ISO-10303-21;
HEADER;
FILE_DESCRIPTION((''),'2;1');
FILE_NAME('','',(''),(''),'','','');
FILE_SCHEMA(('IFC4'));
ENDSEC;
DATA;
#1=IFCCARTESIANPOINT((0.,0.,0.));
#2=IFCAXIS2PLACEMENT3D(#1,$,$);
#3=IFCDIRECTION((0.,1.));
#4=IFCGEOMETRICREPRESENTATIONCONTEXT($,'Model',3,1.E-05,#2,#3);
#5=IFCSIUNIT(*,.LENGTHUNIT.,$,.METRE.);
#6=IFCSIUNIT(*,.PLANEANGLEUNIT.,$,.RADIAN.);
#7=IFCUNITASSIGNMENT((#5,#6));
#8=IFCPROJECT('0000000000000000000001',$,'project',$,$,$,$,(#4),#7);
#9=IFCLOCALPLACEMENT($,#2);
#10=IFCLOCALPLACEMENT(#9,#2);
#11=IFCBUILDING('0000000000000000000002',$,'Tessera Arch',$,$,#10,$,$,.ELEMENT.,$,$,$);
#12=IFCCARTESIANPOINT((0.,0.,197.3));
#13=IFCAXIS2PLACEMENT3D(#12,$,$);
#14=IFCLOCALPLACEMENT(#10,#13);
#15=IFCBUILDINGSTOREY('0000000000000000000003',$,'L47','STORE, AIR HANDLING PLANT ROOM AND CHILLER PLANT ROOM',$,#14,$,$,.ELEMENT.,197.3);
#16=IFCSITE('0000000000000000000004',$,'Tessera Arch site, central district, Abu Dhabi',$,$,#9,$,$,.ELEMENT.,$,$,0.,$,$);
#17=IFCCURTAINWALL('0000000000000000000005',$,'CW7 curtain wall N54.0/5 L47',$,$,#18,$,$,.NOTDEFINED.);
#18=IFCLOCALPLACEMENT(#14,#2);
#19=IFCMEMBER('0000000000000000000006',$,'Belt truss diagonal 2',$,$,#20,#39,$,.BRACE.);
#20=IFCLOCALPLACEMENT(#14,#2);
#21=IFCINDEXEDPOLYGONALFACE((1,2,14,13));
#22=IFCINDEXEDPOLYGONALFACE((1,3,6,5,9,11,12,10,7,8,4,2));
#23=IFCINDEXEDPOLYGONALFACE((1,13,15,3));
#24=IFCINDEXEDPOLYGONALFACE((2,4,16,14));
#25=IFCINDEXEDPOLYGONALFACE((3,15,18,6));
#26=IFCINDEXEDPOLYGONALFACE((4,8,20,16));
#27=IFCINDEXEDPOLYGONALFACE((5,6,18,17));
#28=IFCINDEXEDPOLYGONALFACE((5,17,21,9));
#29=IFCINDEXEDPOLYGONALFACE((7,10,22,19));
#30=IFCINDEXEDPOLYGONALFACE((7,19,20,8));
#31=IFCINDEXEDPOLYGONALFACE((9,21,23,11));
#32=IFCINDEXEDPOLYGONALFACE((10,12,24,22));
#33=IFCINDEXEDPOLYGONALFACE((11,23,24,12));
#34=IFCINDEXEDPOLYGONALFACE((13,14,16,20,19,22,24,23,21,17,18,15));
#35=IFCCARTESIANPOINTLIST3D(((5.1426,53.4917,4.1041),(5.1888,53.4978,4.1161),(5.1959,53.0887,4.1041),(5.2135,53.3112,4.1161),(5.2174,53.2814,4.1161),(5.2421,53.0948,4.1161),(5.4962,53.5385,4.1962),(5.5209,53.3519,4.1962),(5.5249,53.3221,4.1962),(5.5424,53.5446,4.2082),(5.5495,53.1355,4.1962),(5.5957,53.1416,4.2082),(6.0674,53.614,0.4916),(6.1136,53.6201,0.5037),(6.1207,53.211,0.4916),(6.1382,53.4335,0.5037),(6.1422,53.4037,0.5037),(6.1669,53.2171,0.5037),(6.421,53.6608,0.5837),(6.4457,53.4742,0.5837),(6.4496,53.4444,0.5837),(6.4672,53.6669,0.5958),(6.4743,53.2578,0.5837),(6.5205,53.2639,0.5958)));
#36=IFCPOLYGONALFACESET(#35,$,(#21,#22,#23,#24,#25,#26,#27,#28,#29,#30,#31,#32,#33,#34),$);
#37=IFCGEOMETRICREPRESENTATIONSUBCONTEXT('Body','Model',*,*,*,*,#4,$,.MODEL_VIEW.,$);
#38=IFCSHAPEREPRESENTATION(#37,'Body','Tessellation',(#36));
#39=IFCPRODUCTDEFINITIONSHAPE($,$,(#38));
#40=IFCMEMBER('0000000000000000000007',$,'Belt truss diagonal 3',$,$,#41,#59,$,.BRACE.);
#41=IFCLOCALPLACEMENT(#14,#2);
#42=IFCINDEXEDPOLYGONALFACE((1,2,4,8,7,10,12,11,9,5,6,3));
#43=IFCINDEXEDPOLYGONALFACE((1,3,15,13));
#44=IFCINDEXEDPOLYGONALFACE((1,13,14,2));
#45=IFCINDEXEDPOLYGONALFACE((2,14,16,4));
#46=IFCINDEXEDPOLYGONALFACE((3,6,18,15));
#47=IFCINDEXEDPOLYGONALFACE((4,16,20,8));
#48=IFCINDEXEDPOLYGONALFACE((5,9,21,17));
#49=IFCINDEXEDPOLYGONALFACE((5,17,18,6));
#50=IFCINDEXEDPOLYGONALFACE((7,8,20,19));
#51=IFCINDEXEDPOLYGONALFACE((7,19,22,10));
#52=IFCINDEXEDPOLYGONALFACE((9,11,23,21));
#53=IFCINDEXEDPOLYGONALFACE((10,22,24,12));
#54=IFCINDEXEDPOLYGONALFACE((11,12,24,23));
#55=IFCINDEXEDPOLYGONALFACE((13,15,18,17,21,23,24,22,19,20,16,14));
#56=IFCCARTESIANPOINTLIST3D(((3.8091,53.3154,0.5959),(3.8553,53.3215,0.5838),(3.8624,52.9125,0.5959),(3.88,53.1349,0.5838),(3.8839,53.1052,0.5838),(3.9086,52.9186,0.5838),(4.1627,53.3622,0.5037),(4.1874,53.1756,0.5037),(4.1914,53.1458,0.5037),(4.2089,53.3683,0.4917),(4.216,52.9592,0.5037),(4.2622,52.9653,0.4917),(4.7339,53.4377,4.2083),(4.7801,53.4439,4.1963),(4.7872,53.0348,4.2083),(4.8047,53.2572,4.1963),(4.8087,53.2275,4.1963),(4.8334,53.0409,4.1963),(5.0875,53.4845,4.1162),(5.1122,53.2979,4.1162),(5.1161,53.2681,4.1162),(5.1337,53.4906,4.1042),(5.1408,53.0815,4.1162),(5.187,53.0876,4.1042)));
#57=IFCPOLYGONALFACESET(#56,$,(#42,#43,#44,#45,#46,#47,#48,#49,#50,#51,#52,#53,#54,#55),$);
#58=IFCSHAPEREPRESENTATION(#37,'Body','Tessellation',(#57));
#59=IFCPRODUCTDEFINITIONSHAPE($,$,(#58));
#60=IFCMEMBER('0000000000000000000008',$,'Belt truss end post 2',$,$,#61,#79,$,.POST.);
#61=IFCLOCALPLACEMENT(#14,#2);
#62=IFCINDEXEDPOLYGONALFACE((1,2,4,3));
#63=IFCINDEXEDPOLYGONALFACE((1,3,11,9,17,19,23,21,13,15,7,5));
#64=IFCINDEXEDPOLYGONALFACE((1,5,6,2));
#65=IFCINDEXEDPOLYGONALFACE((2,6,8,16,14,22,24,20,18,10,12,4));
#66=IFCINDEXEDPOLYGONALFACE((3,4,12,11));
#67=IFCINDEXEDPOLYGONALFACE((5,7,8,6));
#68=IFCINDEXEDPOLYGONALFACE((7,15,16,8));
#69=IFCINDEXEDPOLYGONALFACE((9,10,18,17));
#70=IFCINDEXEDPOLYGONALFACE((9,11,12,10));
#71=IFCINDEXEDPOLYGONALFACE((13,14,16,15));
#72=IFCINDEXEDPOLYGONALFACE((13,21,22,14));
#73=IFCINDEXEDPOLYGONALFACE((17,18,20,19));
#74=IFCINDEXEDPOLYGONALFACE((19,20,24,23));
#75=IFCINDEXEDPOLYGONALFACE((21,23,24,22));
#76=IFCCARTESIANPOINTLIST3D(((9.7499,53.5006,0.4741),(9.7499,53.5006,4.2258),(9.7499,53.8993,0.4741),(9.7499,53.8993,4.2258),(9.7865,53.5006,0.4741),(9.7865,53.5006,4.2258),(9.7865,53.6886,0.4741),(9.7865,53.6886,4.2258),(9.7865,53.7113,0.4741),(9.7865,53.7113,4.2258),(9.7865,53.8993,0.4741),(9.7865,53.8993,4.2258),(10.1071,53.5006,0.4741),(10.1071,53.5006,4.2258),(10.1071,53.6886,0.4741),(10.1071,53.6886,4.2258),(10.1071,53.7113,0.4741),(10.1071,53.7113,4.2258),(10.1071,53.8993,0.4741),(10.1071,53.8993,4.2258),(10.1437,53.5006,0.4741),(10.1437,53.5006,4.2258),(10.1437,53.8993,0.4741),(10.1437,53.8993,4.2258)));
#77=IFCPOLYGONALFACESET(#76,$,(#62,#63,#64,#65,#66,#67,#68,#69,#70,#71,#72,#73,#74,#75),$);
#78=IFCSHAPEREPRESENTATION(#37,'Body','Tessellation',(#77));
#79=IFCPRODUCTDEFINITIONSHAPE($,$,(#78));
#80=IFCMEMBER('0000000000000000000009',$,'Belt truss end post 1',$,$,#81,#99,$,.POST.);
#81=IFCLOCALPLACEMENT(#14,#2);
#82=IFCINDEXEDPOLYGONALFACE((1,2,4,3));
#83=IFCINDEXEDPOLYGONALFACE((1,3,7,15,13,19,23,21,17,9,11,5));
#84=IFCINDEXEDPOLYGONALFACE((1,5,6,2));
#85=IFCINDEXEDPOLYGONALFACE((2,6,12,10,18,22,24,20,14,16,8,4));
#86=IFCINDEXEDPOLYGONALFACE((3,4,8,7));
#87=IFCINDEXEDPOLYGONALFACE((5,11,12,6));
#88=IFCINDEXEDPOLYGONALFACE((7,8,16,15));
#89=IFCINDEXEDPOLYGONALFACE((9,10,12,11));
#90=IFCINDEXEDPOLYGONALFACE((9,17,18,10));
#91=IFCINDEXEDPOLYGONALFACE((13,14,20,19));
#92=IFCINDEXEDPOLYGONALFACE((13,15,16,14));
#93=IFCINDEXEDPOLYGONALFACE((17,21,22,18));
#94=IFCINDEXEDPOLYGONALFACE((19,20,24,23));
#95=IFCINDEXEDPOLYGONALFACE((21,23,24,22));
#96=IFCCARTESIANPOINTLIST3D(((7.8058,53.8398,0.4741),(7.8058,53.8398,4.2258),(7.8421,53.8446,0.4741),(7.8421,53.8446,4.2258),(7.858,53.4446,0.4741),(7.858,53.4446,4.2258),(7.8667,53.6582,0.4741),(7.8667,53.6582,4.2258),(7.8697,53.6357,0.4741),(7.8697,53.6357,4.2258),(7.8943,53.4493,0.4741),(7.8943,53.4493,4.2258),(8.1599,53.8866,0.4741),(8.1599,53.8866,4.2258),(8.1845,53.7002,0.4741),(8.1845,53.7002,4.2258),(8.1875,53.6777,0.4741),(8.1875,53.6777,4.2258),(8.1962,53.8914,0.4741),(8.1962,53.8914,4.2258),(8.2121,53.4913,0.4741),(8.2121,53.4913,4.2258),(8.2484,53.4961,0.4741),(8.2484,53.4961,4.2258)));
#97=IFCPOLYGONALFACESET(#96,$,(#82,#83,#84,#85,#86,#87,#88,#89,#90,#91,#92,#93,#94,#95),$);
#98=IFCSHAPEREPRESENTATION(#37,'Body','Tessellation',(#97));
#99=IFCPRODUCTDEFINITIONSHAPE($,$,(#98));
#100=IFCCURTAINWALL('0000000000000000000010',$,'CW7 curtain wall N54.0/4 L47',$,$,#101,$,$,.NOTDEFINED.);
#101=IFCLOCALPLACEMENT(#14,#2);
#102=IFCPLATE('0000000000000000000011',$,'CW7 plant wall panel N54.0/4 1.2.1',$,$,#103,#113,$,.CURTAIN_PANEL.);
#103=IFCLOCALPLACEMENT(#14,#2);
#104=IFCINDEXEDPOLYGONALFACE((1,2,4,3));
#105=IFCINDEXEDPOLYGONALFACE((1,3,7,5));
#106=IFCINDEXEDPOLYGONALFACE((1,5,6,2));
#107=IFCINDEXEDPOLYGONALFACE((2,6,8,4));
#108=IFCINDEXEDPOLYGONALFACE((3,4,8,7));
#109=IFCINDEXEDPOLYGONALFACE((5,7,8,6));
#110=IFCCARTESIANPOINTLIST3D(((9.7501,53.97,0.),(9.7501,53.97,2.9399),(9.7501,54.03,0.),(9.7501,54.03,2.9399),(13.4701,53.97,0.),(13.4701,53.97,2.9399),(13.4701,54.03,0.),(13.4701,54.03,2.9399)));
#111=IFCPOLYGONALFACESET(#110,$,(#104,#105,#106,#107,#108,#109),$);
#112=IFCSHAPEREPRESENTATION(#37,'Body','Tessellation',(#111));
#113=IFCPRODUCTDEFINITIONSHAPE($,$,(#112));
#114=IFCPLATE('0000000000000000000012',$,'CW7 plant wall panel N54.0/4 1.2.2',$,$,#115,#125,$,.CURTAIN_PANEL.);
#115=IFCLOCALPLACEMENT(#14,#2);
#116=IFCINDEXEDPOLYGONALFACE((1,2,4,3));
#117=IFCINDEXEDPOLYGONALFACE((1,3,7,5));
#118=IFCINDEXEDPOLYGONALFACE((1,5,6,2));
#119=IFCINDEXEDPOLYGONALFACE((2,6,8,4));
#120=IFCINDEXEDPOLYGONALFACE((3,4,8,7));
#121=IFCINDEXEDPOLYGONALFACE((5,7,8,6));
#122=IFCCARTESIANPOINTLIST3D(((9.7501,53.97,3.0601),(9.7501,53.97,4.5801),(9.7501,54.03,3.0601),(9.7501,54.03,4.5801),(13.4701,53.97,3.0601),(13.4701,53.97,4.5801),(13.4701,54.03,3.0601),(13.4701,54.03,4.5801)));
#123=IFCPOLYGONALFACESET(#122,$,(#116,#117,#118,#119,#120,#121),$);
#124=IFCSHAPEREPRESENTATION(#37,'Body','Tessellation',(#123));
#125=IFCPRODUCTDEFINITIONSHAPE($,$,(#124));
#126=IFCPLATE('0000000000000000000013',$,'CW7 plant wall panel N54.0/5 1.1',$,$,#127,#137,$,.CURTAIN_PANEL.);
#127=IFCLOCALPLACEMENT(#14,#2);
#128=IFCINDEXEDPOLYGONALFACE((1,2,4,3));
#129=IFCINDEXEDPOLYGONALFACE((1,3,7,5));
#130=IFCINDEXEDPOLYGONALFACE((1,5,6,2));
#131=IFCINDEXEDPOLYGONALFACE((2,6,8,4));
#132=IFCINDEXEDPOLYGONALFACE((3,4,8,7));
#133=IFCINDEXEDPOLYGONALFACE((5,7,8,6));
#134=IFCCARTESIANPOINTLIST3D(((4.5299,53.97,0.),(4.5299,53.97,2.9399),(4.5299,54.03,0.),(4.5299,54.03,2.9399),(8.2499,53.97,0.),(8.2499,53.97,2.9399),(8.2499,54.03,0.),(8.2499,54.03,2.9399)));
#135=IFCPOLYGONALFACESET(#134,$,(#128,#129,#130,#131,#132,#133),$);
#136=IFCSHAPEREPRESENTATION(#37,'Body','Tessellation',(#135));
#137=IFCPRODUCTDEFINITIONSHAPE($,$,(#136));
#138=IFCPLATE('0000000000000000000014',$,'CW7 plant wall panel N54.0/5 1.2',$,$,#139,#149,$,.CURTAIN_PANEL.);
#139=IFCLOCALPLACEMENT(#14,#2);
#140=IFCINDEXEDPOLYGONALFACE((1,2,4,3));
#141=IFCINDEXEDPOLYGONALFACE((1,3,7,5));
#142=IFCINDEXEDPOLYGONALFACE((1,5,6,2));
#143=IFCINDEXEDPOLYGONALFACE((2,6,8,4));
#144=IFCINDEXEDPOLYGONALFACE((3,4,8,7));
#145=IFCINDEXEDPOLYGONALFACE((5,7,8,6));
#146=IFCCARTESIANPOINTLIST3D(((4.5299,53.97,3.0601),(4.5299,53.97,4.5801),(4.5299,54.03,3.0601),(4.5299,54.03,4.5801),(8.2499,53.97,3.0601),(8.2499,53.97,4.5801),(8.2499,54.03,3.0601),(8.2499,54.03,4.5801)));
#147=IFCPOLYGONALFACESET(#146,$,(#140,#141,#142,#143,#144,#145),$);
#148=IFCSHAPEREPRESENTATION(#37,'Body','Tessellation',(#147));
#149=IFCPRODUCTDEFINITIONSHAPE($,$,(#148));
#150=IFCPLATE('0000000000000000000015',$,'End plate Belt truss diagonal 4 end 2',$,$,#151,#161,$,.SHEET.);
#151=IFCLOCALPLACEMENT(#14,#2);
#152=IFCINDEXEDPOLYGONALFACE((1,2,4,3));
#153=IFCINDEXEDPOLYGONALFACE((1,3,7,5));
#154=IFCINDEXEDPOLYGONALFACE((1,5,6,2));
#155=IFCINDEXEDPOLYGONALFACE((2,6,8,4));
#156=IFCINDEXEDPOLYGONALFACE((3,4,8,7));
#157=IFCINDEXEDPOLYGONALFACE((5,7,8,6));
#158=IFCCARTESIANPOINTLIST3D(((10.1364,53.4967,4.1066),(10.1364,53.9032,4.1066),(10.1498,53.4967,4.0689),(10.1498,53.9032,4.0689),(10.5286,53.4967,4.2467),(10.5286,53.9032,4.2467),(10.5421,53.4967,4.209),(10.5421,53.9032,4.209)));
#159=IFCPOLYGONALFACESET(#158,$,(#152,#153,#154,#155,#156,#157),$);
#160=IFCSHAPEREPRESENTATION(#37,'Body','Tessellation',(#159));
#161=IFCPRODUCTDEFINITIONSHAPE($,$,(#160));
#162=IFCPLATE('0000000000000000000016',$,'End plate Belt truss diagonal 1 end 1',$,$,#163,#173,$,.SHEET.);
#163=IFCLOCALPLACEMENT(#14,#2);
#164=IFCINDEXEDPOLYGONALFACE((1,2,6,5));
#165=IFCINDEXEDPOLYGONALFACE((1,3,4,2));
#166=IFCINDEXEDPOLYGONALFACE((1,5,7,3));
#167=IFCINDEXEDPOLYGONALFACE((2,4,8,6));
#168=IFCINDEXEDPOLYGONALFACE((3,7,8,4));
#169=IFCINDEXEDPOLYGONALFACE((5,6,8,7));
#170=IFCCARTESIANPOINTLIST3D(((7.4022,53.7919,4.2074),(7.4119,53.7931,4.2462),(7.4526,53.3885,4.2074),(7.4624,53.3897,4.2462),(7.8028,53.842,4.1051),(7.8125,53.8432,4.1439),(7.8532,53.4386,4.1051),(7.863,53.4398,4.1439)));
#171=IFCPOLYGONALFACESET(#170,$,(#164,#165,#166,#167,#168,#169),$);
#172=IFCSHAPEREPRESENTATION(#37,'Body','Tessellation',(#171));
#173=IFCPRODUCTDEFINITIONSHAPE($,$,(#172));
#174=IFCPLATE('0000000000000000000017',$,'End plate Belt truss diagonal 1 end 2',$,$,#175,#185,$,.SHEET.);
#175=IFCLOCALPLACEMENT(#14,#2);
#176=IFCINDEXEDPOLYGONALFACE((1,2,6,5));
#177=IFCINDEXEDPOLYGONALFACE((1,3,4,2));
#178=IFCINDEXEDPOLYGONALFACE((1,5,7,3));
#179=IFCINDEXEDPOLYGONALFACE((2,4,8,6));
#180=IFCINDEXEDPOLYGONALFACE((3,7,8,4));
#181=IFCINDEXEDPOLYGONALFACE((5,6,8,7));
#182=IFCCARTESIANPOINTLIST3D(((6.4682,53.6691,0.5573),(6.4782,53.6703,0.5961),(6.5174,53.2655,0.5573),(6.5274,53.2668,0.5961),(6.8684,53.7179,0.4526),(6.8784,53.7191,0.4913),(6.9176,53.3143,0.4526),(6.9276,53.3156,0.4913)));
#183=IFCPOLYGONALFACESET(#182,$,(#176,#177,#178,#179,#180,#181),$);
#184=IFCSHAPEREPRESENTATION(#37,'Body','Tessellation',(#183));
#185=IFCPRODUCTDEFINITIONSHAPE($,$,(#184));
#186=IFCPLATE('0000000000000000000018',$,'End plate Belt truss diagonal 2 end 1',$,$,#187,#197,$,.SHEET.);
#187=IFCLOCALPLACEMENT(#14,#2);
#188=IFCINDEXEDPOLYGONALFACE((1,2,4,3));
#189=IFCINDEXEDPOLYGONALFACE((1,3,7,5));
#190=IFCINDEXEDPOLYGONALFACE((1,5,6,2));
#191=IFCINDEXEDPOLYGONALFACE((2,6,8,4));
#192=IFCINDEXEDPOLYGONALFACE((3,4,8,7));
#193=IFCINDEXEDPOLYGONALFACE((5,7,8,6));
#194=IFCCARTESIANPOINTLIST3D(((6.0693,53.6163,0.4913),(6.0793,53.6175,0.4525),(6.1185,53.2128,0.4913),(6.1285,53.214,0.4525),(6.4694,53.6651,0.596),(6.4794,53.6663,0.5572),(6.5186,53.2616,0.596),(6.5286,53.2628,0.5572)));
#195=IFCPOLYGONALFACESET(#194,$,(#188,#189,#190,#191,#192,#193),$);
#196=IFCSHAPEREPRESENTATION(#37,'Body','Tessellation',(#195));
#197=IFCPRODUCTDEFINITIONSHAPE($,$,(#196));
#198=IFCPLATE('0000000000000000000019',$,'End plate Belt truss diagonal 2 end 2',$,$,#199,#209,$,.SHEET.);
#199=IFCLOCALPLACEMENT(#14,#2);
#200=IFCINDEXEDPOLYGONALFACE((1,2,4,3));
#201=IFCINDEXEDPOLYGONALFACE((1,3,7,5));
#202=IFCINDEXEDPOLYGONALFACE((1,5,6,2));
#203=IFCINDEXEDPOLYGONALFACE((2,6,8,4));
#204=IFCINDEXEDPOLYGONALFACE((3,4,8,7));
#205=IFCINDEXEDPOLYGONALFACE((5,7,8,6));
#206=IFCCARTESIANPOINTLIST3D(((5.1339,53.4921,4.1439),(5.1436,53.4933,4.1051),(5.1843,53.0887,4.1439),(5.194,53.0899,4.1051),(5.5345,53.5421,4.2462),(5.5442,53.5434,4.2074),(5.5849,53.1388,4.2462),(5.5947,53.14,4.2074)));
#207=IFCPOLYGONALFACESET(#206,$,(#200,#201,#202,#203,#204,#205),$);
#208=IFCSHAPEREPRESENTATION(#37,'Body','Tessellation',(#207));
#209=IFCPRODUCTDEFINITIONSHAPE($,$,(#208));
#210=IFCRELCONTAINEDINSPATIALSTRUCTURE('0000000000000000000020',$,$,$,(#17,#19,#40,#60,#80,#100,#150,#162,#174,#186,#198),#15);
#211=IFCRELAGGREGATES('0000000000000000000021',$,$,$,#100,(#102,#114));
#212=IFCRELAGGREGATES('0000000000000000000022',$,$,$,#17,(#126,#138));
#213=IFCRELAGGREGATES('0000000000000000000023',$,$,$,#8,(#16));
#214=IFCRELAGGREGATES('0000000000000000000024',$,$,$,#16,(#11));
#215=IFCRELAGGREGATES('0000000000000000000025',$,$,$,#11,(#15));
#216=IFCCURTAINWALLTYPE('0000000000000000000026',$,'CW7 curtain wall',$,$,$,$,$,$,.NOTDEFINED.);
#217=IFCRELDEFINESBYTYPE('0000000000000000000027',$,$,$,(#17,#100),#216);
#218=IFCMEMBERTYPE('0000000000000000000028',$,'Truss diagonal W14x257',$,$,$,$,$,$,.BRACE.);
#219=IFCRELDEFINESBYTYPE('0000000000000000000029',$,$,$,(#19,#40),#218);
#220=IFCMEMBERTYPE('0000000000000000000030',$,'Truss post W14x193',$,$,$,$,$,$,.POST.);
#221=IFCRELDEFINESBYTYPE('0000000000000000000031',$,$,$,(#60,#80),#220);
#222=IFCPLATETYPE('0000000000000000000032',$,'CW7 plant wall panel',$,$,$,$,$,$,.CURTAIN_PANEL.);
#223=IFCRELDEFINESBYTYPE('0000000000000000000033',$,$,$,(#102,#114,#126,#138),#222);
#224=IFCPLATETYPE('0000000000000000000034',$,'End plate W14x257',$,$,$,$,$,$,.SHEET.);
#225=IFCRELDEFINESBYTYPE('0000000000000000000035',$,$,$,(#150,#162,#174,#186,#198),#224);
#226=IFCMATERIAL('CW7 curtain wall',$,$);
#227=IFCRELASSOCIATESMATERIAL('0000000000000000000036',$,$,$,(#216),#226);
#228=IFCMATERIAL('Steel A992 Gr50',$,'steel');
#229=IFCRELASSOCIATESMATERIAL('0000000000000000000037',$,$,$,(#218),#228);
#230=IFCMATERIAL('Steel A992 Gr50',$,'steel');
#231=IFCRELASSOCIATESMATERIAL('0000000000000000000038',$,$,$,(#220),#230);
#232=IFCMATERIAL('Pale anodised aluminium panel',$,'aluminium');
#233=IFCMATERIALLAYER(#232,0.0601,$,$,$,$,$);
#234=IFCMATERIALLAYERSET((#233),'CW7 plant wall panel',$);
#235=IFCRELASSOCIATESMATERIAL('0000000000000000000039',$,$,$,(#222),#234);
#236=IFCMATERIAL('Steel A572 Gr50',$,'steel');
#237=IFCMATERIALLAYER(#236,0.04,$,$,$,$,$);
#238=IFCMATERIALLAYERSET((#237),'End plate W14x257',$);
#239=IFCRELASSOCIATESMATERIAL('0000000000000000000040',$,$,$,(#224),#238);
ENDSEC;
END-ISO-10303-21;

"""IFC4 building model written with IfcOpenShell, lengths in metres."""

from ifc_helpers import new_model, si_unit, direction, frame, origin, origin_2d, place, context, subcontext, project, spatial, rectangle, i_section, extrude, material, layer, layer_set, material_profile, profile_set, type_object, element, aggregate, save


model = new_model("IFC4")

# Units and contexts
model_context = context("Model", 3, precision=1e-05, world=origin(), true_north=direction((0.0, 1.0)))
body_context = subcontext(model_context, "Body", "Model", "MODEL_VIEW")
ifc_project = project(units=[si_unit("LENGTHUNIT", "METRE"), si_unit("PLANEANGLEUNIT", "RADIAN")], contexts=[model_context])

# Site, building, storey
site_placement = place(None, origin())
site = spatial("IfcSite", under=ifc_project, at=site_placement, Name="Tessera Arch site, central district, Abu Dhabi", CompositionType="ELEMENT", RefElevation=0.0)
building_placement = place(site_placement, origin())
building = spatial("IfcBuilding", under=site, at=building_placement, Name="Tessera Arch", CompositionType="ELEMENT")
storey_placement = place(building_placement, frame((0.0, 0.0, 197.3)))
storey = spatial("IfcBuildingStorey", under=building, at=storey_placement, Name="L47", Description="STORE, AIR HANDLING PLANT ROOM AND CHILLER PLANT ROOM", CompositionType="ELEMENT", Elevation=197.3)

# Curtain wall
ifc_material_1 = material(Name="CW7 curtain wall")
curtain_wall_type = type_object("IfcCurtainWallType", Name="CW7 curtain wall", PredefinedType="NOTDEFINED", material=ifc_material_1)
curtain_wall_1_placement = place(storey_placement, origin())
curtain_wall_1 = element("IfcCurtainWall", 1, at=curtain_wall_1_placement, inside=storey, type_object=curtain_wall_type, Name="CW7 curtain wall N54.0/5 L47", PredefinedType="NOTDEFINED")

# Members
ifc_material_2 = material(Name="Steel A992 Gr50", Category="steel")
ifc_material_profile_1 = material_profile(ifc_material_2, i_section(OverallWidth=0.4065, OverallDepth=0.4165, WebThickness=0.03, FlangeThickness=0.0481, at=origin_2d()), Name="W14x257")
ifc_profile_set_1 = profile_set([ifc_material_profile_1], Name="Steel A992 Gr50")
member_type_1 = type_object("IfcMemberType", Name="Truss diagonal W14x257", PredefinedType="BRACE", material=ifc_profile_set_1)
for number, where, z_axis, x_axis, name in (
    (2, (6.2939, 53.439, 0.5437), (-0.247867, -0.032783, 0.968239), (0.131118, -0.991367, 0.0), "Belt truss diagonal 2"),
    (3, (4.9604, 53.2627, 4.1562), (-0.247867, -0.032783, -0.968239), (0.131118, -0.991367, 0.0), "Belt truss diagonal 3"),
):
    element("IfcMember", number, at=place(storey_placement, frame(where, z_axis=z_axis, x_axis=x_axis)), inside=storey, type_object=member_type_1, Name=name, PredefinedType="BRACE", context=body_context, shape_type="SweptSolid", body=[
        extrude(i_section(OverallWidth=0.4065, OverallDepth=0.4165, WebThickness=0.03, FlangeThickness=0.0481, at=origin_2d()), origin(), (0.0, 0.0, 1.0), 3.731),
    ])
ifc_material_3 = material(Name="Steel A992 Gr50", Category="steel")
ifc_material_profile_2 = material_profile(ifc_material_3, i_section(OverallWidth=0.3987, OverallDepth=0.3938, WebThickness=0.0227, FlangeThickness=0.0366, at=origin_2d()), Name="W14x193")
ifc_profile_set_2 = profile_set([ifc_material_profile_2], Name="Steel A992 Gr50")
member_type_2 = type_object("IfcMemberType", Name="Truss post W14x193", PredefinedType="POST", material=ifc_profile_set_2)
for number, where, z_axis, x_axis, name in (
    (4, (9.9468, 53.7, 0.4741), (0.0, 0.0, 1.0), (0.0, 1.0, 0.0), "Belt truss end post 2"),
    (5, (8.0271, 53.668, 0.4741), (0.0, 0.0, 1.0), (-0.131003, 0.991382, 0.0), "Belt truss end post 1"),
):
    element("IfcMember", number, at=place(storey_placement, frame(where, z_axis=z_axis, x_axis=x_axis)), inside=storey, type_object=member_type_2, Name=name, PredefinedType="POST", context=body_context, shape_type="SweptSolid", body=[
        extrude(i_section(OverallWidth=0.3987, OverallDepth=0.3938, WebThickness=0.0227, FlangeThickness=0.0366, at=origin_2d()), origin(), (0.0, 0.0, 1.0), 3.7517),
    ])

# Curtain wall, plates
curtain_wall_2_placement = place(storey_placement, origin())
curtain_wall_2 = element("IfcCurtainWall", 6, at=curtain_wall_2_placement, inside=storey, type_object=curtain_wall_type, Name="CW7 curtain wall N54.0/4 L47", PredefinedType="NOTDEFINED")
ifc_material_4 = material(Name="Pale anodised aluminium panel", Category="aluminium")
ifc_layer_1 = layer(ifc_material_4, 0.0601)
ifc_layer_set_1 = layer_set([ifc_layer_1], Name="CW7 plant wall panel")
plate_type_1 = type_object("IfcPlateType", Name="CW7 plant wall panel", PredefinedType="CURTAIN_PANEL", material=ifc_layer_set_1)
plate_1_placement = place(storey_placement, frame((11.6101, 54.0, 0.0), z_axis=(0.0, 0.0, 1.0), x_axis=(-1.0, 0.0, 0.0)))
plate_1 = element("IfcPlate", 7, at=plate_1_placement, type_object=plate_type_1, Name="CW7 plant wall panel N54.0/4 1.2.1", PredefinedType="CURTAIN_PANEL", context=body_context, shape_type="SweptSolid", body=[
    extrude(rectangle(XDim=3.72, YDim=0.0601, at=origin_2d()), origin(), (0.0, 0.0, 1.0), 2.9399),
])
plate_2_placement = place(storey_placement, frame((11.6101, 54.0, 3.0601), z_axis=(0.0, 0.0, 1.0), x_axis=(-1.0, 0.0, 0.0)))
plate_2 = element("IfcPlate", 8, at=plate_2_placement, type_object=plate_type_1, Name="CW7 plant wall panel N54.0/4 1.2.2", PredefinedType="CURTAIN_PANEL", context=body_context, shape_type="SweptSolid", body=[
    extrude(rectangle(XDim=3.72, YDim=0.0601, at=origin_2d()), origin(), (0.0, 0.0, 1.0), 1.52),
])
aggregate(curtain_wall_2, [plate_1, plate_2])

# Plates
plate_3_placement = place(storey_placement, frame((6.3899, 54.0, 0.0), z_axis=(0.0, 0.0, 1.0), x_axis=(-1.0, 0.0, 0.0)))
plate_3 = element("IfcPlate", 9, at=plate_3_placement, type_object=plate_type_1, Name="CW7 plant wall panel N54.0/5 1.1", PredefinedType="CURTAIN_PANEL", context=body_context, shape_type="SweptSolid", body=[
    extrude(rectangle(XDim=3.72, YDim=0.0601, at=origin_2d()), origin(), (0.0, 0.0, 1.0), 2.9399),
])
plate_4_placement = place(storey_placement, frame((6.3899, 54.0, 3.0601), z_axis=(0.0, 0.0, 1.0), x_axis=(-1.0, 0.0, 0.0)))
plate_4 = element("IfcPlate", 10, at=plate_4_placement, type_object=plate_type_1, Name="CW7 plant wall panel N54.0/5 1.2", PredefinedType="CURTAIN_PANEL", context=body_context, shape_type="SweptSolid", body=[
    extrude(rectangle(XDim=3.72, YDim=0.0601, at=origin_2d()), origin(), (0.0, 0.0, 1.0), 1.52),
])
aggregate(curtain_wall_1, [plate_3, plate_4])

# Plates
ifc_material_5 = material(Name="Steel A572 Gr50", Category="steel")
ifc_layer_2 = layer(ifc_material_5, 0.04)
ifc_layer_set_2 = layer_set([ifc_layer_2], Name="End plate W14x257")
plate_type_2 = type_object("IfcPlateType", Name="End plate W14x257", PredefinedType="SHEET", material=ifc_layer_set_2)
for number, where, z_axis, x_axis, name in (
    (11, (10.3459, 53.7, 4.1389), (-0.336336, 0.0, 0.941742), (0.0, -1.0, 0.0), "End plate Belt truss diagonal 4 end 2"),
    (12, (7.6375, 53.6165, 4.1951), (-0.243857, -0.030482, -0.969332), (0.124035, -0.992278, 0.0), "End plate Belt truss diagonal 1 end 1"),
    (13, (6.7029, 53.4929, 0.5437), (-0.249578, -0.030436, -0.967876), (0.121054, -0.992646, 0.0), "End plate Belt truss diagonal 1 end 2"),
    (14, (6.304, 53.4402, 0.5049), (-0.249578, -0.030436, 0.967876), (0.121054, -0.992646, 0.0), "End plate Belt truss diagonal 2 end 1"),
    (15, (5.3691, 53.3167, 4.1562), (-0.243857, -0.030482, 0.969332), (0.124035, -0.992278, 0.0), "End plate Belt truss diagonal 2 end 2"),
):
    element("IfcPlate", number, at=place(storey_placement, frame(where, z_axis=z_axis, x_axis=x_axis)), inside=storey, type_object=plate_type_2, Name=name, PredefinedType="SHEET", context=body_context, shape_type="SweptSolid", body=[
        extrude(rectangle(XDim=0.4065, YDim=0.4165, at=origin_2d()), origin(), (0.0, 0.0, 1.0), 0.04),
    ])

save(model, "model.ifc")
